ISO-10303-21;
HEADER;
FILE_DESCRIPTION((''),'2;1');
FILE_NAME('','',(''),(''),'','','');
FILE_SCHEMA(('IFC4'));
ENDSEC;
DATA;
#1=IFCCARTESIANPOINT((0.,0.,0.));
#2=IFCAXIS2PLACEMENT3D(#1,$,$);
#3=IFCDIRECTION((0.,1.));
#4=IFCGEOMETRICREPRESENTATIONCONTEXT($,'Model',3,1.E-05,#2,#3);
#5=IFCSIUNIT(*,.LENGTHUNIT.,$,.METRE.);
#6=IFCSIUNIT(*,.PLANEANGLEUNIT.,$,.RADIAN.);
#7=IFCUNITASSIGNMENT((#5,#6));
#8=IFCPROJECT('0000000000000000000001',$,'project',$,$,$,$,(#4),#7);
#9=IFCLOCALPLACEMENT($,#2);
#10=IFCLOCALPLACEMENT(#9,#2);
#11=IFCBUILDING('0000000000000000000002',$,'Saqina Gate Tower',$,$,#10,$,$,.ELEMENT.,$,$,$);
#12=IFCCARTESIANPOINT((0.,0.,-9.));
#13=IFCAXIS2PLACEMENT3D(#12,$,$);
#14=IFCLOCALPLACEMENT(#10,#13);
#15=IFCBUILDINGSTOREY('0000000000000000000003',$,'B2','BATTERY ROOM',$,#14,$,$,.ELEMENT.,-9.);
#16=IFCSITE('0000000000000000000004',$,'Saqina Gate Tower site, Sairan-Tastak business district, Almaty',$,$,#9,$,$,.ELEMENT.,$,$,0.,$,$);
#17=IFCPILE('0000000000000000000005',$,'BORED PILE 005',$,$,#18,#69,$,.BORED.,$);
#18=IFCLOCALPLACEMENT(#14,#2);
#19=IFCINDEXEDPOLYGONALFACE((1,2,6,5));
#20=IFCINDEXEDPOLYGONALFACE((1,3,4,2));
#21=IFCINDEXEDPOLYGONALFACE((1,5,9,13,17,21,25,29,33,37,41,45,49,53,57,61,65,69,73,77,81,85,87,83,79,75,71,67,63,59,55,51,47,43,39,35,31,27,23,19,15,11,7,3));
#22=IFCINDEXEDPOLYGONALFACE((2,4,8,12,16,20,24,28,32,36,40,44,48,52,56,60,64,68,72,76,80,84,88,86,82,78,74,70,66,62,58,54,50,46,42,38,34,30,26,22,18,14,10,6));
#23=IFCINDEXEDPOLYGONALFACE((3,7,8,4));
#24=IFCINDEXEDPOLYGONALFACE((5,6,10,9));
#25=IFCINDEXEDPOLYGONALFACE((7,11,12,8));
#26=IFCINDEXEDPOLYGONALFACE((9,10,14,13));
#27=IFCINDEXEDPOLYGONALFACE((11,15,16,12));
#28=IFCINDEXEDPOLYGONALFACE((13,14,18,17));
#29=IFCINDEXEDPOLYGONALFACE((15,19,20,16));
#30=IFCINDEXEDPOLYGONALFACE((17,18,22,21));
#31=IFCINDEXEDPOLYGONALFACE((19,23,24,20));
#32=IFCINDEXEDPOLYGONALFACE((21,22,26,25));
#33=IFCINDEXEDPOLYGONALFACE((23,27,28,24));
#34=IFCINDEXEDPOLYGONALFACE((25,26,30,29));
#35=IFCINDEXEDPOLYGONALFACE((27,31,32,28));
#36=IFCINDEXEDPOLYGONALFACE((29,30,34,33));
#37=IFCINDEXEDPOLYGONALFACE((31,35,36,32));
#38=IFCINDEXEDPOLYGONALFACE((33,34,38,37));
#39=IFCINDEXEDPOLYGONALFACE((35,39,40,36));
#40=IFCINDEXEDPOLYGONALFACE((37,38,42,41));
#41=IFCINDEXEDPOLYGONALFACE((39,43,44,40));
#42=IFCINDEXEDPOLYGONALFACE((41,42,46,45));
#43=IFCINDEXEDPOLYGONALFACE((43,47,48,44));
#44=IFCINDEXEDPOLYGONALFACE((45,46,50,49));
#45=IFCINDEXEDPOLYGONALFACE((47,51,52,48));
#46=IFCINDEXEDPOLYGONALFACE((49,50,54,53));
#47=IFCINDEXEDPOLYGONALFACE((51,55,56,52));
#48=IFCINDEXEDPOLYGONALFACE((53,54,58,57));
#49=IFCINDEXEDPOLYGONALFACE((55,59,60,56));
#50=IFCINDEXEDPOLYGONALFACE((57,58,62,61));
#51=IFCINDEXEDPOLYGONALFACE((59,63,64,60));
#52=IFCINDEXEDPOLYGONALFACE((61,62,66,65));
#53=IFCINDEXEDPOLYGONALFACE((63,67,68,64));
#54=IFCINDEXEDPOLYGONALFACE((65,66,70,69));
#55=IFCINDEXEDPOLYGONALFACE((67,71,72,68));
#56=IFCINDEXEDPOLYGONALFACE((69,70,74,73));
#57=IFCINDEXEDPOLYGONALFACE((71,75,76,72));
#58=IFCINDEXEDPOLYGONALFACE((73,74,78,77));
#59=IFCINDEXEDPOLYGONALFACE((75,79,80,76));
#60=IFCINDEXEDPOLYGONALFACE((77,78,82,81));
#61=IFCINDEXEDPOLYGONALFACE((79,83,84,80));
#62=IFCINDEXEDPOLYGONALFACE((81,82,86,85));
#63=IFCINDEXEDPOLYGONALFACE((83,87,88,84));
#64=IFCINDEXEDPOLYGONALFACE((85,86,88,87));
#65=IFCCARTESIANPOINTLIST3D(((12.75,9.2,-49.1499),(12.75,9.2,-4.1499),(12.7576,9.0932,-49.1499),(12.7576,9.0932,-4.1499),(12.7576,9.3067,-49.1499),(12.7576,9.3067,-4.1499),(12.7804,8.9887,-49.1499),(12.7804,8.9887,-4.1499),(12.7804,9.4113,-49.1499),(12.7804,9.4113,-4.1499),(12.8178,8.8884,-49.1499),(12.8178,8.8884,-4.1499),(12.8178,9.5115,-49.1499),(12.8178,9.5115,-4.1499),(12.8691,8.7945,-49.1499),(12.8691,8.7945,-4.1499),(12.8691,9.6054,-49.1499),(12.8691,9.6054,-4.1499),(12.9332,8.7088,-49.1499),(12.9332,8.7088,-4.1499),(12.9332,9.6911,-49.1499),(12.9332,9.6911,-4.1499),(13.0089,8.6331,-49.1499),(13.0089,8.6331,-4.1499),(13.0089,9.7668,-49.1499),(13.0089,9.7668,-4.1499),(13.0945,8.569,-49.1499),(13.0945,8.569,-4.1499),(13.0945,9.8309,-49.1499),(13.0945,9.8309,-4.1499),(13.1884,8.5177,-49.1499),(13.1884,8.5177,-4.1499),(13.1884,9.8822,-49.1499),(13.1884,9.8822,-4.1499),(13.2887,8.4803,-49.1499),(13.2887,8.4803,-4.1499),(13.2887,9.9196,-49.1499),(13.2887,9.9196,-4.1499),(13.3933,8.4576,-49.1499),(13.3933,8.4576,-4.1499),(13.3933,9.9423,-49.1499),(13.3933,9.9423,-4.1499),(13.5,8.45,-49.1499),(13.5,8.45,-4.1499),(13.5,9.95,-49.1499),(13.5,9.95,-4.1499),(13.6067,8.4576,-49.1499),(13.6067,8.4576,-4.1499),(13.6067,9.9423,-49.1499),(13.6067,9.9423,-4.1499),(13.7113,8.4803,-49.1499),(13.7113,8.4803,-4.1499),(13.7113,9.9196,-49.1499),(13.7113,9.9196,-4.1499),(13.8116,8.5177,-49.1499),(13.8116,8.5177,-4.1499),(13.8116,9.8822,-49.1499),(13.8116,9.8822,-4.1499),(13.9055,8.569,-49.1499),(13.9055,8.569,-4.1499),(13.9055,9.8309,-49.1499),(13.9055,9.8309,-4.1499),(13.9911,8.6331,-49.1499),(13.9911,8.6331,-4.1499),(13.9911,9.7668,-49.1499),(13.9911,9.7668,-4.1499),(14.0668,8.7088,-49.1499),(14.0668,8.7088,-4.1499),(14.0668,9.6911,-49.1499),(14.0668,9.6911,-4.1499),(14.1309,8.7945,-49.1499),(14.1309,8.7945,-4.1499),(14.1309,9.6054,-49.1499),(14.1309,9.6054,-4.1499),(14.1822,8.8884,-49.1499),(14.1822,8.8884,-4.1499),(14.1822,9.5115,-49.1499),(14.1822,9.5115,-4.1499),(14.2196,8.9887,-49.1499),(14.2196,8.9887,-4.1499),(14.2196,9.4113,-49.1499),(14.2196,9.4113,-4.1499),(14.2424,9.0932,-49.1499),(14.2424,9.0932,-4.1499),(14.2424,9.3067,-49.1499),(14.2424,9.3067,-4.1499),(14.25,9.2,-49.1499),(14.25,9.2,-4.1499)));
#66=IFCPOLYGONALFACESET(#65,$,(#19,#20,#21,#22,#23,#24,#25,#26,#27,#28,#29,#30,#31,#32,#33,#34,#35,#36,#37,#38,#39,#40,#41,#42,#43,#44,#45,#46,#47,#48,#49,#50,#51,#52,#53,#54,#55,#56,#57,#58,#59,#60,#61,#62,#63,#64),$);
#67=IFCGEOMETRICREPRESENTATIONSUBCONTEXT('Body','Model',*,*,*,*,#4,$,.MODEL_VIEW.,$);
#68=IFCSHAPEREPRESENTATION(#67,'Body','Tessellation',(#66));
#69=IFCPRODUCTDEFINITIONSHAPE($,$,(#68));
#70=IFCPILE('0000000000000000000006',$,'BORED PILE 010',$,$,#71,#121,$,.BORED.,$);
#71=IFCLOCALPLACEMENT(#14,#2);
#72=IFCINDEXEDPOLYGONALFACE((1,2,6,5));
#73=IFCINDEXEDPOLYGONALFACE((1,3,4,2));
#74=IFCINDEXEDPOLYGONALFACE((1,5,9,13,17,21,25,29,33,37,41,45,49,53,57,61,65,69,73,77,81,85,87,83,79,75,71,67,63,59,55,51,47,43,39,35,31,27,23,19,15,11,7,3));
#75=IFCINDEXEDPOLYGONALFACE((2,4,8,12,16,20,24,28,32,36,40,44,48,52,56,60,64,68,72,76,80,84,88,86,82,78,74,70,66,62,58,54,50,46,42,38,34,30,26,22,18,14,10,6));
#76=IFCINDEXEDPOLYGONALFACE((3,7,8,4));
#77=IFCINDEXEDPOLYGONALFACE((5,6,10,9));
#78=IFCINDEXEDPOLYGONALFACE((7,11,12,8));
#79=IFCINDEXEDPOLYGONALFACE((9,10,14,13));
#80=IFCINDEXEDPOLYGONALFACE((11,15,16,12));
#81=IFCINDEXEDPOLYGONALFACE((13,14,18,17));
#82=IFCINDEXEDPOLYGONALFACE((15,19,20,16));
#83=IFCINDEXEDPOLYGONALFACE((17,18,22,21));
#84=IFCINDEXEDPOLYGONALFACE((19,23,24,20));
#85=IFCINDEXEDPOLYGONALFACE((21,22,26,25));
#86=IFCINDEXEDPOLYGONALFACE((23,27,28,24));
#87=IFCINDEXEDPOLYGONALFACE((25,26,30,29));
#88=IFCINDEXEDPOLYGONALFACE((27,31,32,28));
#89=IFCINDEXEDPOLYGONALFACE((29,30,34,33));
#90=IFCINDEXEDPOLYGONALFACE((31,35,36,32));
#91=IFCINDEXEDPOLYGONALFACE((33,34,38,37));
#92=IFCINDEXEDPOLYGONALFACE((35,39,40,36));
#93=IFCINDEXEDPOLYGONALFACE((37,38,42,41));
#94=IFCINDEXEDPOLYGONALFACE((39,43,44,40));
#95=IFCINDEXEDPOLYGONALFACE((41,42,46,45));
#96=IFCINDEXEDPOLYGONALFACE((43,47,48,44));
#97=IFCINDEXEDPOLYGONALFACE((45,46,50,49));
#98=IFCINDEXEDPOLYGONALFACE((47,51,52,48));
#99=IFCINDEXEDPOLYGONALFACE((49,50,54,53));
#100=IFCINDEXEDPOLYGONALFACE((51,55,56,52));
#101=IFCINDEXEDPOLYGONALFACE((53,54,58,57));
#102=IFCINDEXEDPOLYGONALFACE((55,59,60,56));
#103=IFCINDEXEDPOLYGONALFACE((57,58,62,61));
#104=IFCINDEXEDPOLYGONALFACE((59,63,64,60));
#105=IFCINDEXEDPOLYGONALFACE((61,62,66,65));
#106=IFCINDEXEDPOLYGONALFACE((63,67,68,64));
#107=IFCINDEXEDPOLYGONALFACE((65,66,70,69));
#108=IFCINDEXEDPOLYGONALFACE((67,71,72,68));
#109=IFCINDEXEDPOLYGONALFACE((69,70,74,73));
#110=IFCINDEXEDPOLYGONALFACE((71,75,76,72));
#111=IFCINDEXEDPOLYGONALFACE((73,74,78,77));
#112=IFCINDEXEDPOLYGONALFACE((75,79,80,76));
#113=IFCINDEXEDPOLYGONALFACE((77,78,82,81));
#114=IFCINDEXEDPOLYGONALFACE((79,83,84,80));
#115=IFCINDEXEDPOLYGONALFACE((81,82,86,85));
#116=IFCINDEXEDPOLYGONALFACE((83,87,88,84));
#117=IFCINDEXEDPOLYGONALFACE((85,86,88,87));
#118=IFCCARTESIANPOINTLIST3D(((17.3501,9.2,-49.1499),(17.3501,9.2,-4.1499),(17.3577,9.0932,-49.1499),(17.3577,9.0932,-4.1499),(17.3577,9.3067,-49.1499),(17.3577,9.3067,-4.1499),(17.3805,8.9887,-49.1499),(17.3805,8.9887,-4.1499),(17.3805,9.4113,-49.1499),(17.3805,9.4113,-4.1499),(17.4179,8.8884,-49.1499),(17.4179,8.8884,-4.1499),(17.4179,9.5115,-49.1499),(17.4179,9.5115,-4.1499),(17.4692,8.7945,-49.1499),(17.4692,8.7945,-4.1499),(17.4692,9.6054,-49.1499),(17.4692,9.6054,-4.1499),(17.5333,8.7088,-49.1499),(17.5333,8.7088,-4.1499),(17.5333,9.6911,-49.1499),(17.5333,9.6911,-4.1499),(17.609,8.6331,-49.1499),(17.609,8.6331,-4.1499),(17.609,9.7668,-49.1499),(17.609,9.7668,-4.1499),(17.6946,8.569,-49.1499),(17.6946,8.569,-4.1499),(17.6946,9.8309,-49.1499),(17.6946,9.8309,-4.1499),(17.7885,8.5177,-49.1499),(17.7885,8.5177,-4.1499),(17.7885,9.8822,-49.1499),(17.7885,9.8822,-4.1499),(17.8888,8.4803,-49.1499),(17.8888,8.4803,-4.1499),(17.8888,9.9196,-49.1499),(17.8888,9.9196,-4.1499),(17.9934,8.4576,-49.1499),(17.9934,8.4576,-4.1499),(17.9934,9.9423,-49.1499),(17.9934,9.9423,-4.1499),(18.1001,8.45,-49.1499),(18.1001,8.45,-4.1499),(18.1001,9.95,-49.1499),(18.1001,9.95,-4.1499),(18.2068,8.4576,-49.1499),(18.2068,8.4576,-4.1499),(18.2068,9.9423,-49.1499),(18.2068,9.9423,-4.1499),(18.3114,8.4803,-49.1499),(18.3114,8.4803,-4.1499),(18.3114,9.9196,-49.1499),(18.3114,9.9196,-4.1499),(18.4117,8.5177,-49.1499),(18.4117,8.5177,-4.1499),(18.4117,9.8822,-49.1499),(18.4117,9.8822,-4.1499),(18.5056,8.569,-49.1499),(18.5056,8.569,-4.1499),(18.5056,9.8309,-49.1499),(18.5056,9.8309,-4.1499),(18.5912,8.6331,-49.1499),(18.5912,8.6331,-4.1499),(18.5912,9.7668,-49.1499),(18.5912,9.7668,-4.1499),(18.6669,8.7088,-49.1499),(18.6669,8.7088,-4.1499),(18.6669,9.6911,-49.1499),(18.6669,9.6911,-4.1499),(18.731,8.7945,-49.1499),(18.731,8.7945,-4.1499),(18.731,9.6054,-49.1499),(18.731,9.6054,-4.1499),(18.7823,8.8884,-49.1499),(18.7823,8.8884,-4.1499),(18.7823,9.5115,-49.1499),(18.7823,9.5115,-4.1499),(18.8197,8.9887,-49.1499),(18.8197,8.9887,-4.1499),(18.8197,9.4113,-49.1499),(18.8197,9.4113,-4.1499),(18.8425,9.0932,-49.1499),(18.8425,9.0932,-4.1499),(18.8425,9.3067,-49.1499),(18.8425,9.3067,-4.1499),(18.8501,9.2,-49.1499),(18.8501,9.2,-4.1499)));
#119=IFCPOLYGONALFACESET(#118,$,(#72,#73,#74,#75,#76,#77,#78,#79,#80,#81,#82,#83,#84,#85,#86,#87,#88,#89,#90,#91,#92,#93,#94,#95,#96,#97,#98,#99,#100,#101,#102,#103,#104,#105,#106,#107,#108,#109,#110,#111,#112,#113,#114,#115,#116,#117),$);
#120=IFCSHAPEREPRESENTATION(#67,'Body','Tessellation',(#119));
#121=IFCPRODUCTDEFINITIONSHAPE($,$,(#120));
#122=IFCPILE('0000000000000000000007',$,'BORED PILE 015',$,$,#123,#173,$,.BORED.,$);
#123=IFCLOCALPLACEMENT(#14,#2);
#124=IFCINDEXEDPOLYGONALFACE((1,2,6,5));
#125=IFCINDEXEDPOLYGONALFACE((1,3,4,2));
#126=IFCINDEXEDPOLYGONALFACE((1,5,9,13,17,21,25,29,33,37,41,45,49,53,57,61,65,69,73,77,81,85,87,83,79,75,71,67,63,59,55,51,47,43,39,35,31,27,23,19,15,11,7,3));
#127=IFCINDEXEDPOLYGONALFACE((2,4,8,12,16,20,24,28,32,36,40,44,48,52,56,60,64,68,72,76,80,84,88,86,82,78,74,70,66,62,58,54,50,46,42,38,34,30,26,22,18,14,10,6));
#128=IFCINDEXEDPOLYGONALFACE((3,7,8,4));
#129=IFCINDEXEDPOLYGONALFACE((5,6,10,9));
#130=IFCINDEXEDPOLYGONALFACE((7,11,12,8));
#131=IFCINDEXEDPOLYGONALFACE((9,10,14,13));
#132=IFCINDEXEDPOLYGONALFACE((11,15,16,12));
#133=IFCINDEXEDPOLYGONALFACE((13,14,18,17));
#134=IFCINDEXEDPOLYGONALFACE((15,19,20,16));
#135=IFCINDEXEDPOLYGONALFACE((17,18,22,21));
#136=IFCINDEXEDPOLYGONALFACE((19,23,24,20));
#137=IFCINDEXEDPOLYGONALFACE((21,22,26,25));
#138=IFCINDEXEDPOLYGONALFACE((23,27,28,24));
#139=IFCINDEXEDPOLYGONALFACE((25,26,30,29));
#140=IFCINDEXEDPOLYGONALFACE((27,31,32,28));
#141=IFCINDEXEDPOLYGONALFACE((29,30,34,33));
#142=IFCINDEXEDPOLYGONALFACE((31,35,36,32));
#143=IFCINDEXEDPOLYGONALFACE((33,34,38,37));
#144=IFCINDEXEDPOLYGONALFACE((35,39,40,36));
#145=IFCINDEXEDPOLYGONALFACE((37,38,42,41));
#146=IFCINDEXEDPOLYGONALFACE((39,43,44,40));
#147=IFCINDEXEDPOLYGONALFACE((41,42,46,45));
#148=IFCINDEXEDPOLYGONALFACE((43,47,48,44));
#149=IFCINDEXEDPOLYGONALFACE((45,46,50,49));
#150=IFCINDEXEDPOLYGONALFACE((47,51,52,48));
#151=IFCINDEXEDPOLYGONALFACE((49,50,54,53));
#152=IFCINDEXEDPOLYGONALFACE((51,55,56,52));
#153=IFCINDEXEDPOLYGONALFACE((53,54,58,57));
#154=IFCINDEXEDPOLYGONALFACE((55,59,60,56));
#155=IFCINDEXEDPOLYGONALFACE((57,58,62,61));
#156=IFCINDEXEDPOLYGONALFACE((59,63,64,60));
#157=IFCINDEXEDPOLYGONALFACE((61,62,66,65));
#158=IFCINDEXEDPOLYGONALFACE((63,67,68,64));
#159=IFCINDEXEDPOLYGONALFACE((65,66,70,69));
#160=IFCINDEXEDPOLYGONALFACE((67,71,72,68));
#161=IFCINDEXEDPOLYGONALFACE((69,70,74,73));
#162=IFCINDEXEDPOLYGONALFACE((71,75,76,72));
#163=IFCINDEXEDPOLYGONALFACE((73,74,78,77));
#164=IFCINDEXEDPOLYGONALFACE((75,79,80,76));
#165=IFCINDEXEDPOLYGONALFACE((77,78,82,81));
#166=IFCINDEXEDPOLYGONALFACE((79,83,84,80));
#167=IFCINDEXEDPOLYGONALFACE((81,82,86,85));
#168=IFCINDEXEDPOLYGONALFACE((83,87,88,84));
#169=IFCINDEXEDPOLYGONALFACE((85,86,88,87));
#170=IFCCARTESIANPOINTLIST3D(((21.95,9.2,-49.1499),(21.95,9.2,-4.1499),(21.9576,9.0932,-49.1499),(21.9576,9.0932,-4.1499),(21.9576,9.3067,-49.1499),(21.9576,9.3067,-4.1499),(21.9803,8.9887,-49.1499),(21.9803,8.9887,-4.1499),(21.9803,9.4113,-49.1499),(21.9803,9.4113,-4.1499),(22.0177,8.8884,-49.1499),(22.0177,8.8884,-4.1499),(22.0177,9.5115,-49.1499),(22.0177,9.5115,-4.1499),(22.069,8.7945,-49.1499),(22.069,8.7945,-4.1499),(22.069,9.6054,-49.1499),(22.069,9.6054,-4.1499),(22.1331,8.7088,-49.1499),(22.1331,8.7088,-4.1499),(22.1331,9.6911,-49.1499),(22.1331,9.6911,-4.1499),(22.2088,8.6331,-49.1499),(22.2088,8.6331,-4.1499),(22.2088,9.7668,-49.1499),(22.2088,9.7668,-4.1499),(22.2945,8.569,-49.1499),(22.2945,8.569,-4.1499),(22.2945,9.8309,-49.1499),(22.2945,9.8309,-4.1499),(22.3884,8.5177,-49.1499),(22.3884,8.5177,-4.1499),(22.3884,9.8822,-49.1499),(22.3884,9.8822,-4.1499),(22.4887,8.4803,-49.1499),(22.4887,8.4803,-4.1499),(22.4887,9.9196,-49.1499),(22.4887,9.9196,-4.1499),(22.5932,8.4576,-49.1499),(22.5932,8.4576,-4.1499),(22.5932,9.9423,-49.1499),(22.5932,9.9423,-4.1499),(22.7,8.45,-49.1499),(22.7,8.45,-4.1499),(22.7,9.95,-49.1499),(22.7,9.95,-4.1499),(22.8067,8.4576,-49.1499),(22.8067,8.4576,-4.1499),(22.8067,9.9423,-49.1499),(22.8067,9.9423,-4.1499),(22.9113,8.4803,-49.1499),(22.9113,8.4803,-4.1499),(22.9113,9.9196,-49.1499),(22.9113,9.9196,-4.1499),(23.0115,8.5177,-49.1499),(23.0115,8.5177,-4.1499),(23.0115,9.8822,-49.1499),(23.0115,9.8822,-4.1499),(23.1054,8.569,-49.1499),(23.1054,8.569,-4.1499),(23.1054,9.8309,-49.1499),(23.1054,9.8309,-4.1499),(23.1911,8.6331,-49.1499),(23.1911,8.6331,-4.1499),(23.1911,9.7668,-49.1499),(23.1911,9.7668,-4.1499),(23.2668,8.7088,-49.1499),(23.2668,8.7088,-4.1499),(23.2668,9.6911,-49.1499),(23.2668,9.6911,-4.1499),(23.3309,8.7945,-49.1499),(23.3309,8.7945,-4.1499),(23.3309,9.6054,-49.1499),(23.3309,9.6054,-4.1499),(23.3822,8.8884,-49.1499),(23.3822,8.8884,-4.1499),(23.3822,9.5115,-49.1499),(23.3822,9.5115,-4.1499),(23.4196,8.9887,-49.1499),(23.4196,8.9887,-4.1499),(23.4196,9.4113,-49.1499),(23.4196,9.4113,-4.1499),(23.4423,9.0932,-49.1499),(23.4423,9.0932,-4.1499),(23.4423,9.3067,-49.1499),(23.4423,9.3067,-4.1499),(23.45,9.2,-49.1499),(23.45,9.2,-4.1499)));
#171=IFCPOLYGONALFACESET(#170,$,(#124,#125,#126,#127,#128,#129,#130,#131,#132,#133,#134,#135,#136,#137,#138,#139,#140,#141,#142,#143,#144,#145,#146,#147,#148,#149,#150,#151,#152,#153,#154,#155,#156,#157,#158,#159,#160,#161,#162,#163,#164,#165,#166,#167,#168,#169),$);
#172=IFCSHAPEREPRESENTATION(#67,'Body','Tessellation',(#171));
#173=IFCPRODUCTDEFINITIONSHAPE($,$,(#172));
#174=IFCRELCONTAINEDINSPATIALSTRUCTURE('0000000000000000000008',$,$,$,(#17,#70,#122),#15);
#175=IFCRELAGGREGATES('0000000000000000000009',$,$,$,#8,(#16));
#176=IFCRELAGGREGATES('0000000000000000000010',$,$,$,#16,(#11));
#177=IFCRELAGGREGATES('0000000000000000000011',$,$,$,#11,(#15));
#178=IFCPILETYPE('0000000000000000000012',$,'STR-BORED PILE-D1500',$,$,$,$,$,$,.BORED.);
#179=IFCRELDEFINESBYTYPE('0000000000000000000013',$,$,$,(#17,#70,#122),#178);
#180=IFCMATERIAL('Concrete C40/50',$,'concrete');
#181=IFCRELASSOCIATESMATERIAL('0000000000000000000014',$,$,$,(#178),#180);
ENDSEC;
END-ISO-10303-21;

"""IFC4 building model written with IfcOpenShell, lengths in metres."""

from ifc_helpers import new_model, si_unit, direction, frame, origin, origin_2d, place, context, subcontext, project, spatial, circle, extrude, material, material_profile, profile_set, type_object, element, save


model = new_model("IFC4")

# Units and contexts
model_context = context("Model", 3, precision=1e-05, world=origin(), true_north=direction((0.0, 1.0)))
body_context = subcontext(model_context, "Body", "Model", "MODEL_VIEW")
ifc_project = project(units=[si_unit("LENGTHUNIT", "METRE"), si_unit("PLANEANGLEUNIT", "RADIAN")], contexts=[model_context])

# Site, building, storey
site_placement = place(None, origin())
site = spatial("IfcSite", under=ifc_project, at=site_placement, Name="Saqina Gate Tower site, Sairan-Tastak business district, Almaty", CompositionType="ELEMENT", RefElevation=0.0)
building_placement = place(site_placement, origin())
building = spatial("IfcBuilding", under=site, at=building_placement, Name="Saqina Gate Tower", CompositionType="ELEMENT")
storey_placement = place(building_placement, frame((0.0, 0.0, -9.0)))
storey = spatial("IfcBuildingStorey", under=building, at=storey_placement, Name="B2", Description="BATTERY ROOM", CompositionType="ELEMENT", Elevation=-9.0)

# Piles
ifc_material_1 = material(Name="Concrete C40/50", Category="concrete")
ifc_material_profile_1 = material_profile(ifc_material_1, circle(Radius=0.75, at=origin_2d()), Name="RC D1500")
ifc_profile_set_1 = profile_set([ifc_material_profile_1], Name="Concrete C40/50")
pile_type = type_object("IfcPileType", Name="STR-BORED PILE-D1500", PredefinedType="BORED", material=ifc_profile_set_1)
for number, where, z_axis, x_axis, name in (
    (1, (13.5, 9.2, -4.1499), (0.0, 0.0, -1.0), (1.0, 0.0, 0.0), "BORED PILE 005"),
    (2, (18.1001, 9.2, -4.1499), (0.0, 0.0, -1.0), (1.0, 0.0, 0.0), "BORED PILE 010"),
    (3, (22.7, 9.2, -4.1499), (0.0, 0.0, -1.0), (1.0, 0.0, 0.0), "BORED PILE 015"),
):
    element("IfcPile", number, at=place(storey_placement, frame(where, z_axis=z_axis, x_axis=x_axis)), inside=storey, type_object=pile_type, Name=name, PredefinedType="BORED", context=body_context, shape_type="SweptSolid", body=[
        extrude(circle(Radius=0.75, at=origin_2d()), origin(), (0.0, 0.0, 1.0), 45.0),
    ])

save(model, "model.ifc")
